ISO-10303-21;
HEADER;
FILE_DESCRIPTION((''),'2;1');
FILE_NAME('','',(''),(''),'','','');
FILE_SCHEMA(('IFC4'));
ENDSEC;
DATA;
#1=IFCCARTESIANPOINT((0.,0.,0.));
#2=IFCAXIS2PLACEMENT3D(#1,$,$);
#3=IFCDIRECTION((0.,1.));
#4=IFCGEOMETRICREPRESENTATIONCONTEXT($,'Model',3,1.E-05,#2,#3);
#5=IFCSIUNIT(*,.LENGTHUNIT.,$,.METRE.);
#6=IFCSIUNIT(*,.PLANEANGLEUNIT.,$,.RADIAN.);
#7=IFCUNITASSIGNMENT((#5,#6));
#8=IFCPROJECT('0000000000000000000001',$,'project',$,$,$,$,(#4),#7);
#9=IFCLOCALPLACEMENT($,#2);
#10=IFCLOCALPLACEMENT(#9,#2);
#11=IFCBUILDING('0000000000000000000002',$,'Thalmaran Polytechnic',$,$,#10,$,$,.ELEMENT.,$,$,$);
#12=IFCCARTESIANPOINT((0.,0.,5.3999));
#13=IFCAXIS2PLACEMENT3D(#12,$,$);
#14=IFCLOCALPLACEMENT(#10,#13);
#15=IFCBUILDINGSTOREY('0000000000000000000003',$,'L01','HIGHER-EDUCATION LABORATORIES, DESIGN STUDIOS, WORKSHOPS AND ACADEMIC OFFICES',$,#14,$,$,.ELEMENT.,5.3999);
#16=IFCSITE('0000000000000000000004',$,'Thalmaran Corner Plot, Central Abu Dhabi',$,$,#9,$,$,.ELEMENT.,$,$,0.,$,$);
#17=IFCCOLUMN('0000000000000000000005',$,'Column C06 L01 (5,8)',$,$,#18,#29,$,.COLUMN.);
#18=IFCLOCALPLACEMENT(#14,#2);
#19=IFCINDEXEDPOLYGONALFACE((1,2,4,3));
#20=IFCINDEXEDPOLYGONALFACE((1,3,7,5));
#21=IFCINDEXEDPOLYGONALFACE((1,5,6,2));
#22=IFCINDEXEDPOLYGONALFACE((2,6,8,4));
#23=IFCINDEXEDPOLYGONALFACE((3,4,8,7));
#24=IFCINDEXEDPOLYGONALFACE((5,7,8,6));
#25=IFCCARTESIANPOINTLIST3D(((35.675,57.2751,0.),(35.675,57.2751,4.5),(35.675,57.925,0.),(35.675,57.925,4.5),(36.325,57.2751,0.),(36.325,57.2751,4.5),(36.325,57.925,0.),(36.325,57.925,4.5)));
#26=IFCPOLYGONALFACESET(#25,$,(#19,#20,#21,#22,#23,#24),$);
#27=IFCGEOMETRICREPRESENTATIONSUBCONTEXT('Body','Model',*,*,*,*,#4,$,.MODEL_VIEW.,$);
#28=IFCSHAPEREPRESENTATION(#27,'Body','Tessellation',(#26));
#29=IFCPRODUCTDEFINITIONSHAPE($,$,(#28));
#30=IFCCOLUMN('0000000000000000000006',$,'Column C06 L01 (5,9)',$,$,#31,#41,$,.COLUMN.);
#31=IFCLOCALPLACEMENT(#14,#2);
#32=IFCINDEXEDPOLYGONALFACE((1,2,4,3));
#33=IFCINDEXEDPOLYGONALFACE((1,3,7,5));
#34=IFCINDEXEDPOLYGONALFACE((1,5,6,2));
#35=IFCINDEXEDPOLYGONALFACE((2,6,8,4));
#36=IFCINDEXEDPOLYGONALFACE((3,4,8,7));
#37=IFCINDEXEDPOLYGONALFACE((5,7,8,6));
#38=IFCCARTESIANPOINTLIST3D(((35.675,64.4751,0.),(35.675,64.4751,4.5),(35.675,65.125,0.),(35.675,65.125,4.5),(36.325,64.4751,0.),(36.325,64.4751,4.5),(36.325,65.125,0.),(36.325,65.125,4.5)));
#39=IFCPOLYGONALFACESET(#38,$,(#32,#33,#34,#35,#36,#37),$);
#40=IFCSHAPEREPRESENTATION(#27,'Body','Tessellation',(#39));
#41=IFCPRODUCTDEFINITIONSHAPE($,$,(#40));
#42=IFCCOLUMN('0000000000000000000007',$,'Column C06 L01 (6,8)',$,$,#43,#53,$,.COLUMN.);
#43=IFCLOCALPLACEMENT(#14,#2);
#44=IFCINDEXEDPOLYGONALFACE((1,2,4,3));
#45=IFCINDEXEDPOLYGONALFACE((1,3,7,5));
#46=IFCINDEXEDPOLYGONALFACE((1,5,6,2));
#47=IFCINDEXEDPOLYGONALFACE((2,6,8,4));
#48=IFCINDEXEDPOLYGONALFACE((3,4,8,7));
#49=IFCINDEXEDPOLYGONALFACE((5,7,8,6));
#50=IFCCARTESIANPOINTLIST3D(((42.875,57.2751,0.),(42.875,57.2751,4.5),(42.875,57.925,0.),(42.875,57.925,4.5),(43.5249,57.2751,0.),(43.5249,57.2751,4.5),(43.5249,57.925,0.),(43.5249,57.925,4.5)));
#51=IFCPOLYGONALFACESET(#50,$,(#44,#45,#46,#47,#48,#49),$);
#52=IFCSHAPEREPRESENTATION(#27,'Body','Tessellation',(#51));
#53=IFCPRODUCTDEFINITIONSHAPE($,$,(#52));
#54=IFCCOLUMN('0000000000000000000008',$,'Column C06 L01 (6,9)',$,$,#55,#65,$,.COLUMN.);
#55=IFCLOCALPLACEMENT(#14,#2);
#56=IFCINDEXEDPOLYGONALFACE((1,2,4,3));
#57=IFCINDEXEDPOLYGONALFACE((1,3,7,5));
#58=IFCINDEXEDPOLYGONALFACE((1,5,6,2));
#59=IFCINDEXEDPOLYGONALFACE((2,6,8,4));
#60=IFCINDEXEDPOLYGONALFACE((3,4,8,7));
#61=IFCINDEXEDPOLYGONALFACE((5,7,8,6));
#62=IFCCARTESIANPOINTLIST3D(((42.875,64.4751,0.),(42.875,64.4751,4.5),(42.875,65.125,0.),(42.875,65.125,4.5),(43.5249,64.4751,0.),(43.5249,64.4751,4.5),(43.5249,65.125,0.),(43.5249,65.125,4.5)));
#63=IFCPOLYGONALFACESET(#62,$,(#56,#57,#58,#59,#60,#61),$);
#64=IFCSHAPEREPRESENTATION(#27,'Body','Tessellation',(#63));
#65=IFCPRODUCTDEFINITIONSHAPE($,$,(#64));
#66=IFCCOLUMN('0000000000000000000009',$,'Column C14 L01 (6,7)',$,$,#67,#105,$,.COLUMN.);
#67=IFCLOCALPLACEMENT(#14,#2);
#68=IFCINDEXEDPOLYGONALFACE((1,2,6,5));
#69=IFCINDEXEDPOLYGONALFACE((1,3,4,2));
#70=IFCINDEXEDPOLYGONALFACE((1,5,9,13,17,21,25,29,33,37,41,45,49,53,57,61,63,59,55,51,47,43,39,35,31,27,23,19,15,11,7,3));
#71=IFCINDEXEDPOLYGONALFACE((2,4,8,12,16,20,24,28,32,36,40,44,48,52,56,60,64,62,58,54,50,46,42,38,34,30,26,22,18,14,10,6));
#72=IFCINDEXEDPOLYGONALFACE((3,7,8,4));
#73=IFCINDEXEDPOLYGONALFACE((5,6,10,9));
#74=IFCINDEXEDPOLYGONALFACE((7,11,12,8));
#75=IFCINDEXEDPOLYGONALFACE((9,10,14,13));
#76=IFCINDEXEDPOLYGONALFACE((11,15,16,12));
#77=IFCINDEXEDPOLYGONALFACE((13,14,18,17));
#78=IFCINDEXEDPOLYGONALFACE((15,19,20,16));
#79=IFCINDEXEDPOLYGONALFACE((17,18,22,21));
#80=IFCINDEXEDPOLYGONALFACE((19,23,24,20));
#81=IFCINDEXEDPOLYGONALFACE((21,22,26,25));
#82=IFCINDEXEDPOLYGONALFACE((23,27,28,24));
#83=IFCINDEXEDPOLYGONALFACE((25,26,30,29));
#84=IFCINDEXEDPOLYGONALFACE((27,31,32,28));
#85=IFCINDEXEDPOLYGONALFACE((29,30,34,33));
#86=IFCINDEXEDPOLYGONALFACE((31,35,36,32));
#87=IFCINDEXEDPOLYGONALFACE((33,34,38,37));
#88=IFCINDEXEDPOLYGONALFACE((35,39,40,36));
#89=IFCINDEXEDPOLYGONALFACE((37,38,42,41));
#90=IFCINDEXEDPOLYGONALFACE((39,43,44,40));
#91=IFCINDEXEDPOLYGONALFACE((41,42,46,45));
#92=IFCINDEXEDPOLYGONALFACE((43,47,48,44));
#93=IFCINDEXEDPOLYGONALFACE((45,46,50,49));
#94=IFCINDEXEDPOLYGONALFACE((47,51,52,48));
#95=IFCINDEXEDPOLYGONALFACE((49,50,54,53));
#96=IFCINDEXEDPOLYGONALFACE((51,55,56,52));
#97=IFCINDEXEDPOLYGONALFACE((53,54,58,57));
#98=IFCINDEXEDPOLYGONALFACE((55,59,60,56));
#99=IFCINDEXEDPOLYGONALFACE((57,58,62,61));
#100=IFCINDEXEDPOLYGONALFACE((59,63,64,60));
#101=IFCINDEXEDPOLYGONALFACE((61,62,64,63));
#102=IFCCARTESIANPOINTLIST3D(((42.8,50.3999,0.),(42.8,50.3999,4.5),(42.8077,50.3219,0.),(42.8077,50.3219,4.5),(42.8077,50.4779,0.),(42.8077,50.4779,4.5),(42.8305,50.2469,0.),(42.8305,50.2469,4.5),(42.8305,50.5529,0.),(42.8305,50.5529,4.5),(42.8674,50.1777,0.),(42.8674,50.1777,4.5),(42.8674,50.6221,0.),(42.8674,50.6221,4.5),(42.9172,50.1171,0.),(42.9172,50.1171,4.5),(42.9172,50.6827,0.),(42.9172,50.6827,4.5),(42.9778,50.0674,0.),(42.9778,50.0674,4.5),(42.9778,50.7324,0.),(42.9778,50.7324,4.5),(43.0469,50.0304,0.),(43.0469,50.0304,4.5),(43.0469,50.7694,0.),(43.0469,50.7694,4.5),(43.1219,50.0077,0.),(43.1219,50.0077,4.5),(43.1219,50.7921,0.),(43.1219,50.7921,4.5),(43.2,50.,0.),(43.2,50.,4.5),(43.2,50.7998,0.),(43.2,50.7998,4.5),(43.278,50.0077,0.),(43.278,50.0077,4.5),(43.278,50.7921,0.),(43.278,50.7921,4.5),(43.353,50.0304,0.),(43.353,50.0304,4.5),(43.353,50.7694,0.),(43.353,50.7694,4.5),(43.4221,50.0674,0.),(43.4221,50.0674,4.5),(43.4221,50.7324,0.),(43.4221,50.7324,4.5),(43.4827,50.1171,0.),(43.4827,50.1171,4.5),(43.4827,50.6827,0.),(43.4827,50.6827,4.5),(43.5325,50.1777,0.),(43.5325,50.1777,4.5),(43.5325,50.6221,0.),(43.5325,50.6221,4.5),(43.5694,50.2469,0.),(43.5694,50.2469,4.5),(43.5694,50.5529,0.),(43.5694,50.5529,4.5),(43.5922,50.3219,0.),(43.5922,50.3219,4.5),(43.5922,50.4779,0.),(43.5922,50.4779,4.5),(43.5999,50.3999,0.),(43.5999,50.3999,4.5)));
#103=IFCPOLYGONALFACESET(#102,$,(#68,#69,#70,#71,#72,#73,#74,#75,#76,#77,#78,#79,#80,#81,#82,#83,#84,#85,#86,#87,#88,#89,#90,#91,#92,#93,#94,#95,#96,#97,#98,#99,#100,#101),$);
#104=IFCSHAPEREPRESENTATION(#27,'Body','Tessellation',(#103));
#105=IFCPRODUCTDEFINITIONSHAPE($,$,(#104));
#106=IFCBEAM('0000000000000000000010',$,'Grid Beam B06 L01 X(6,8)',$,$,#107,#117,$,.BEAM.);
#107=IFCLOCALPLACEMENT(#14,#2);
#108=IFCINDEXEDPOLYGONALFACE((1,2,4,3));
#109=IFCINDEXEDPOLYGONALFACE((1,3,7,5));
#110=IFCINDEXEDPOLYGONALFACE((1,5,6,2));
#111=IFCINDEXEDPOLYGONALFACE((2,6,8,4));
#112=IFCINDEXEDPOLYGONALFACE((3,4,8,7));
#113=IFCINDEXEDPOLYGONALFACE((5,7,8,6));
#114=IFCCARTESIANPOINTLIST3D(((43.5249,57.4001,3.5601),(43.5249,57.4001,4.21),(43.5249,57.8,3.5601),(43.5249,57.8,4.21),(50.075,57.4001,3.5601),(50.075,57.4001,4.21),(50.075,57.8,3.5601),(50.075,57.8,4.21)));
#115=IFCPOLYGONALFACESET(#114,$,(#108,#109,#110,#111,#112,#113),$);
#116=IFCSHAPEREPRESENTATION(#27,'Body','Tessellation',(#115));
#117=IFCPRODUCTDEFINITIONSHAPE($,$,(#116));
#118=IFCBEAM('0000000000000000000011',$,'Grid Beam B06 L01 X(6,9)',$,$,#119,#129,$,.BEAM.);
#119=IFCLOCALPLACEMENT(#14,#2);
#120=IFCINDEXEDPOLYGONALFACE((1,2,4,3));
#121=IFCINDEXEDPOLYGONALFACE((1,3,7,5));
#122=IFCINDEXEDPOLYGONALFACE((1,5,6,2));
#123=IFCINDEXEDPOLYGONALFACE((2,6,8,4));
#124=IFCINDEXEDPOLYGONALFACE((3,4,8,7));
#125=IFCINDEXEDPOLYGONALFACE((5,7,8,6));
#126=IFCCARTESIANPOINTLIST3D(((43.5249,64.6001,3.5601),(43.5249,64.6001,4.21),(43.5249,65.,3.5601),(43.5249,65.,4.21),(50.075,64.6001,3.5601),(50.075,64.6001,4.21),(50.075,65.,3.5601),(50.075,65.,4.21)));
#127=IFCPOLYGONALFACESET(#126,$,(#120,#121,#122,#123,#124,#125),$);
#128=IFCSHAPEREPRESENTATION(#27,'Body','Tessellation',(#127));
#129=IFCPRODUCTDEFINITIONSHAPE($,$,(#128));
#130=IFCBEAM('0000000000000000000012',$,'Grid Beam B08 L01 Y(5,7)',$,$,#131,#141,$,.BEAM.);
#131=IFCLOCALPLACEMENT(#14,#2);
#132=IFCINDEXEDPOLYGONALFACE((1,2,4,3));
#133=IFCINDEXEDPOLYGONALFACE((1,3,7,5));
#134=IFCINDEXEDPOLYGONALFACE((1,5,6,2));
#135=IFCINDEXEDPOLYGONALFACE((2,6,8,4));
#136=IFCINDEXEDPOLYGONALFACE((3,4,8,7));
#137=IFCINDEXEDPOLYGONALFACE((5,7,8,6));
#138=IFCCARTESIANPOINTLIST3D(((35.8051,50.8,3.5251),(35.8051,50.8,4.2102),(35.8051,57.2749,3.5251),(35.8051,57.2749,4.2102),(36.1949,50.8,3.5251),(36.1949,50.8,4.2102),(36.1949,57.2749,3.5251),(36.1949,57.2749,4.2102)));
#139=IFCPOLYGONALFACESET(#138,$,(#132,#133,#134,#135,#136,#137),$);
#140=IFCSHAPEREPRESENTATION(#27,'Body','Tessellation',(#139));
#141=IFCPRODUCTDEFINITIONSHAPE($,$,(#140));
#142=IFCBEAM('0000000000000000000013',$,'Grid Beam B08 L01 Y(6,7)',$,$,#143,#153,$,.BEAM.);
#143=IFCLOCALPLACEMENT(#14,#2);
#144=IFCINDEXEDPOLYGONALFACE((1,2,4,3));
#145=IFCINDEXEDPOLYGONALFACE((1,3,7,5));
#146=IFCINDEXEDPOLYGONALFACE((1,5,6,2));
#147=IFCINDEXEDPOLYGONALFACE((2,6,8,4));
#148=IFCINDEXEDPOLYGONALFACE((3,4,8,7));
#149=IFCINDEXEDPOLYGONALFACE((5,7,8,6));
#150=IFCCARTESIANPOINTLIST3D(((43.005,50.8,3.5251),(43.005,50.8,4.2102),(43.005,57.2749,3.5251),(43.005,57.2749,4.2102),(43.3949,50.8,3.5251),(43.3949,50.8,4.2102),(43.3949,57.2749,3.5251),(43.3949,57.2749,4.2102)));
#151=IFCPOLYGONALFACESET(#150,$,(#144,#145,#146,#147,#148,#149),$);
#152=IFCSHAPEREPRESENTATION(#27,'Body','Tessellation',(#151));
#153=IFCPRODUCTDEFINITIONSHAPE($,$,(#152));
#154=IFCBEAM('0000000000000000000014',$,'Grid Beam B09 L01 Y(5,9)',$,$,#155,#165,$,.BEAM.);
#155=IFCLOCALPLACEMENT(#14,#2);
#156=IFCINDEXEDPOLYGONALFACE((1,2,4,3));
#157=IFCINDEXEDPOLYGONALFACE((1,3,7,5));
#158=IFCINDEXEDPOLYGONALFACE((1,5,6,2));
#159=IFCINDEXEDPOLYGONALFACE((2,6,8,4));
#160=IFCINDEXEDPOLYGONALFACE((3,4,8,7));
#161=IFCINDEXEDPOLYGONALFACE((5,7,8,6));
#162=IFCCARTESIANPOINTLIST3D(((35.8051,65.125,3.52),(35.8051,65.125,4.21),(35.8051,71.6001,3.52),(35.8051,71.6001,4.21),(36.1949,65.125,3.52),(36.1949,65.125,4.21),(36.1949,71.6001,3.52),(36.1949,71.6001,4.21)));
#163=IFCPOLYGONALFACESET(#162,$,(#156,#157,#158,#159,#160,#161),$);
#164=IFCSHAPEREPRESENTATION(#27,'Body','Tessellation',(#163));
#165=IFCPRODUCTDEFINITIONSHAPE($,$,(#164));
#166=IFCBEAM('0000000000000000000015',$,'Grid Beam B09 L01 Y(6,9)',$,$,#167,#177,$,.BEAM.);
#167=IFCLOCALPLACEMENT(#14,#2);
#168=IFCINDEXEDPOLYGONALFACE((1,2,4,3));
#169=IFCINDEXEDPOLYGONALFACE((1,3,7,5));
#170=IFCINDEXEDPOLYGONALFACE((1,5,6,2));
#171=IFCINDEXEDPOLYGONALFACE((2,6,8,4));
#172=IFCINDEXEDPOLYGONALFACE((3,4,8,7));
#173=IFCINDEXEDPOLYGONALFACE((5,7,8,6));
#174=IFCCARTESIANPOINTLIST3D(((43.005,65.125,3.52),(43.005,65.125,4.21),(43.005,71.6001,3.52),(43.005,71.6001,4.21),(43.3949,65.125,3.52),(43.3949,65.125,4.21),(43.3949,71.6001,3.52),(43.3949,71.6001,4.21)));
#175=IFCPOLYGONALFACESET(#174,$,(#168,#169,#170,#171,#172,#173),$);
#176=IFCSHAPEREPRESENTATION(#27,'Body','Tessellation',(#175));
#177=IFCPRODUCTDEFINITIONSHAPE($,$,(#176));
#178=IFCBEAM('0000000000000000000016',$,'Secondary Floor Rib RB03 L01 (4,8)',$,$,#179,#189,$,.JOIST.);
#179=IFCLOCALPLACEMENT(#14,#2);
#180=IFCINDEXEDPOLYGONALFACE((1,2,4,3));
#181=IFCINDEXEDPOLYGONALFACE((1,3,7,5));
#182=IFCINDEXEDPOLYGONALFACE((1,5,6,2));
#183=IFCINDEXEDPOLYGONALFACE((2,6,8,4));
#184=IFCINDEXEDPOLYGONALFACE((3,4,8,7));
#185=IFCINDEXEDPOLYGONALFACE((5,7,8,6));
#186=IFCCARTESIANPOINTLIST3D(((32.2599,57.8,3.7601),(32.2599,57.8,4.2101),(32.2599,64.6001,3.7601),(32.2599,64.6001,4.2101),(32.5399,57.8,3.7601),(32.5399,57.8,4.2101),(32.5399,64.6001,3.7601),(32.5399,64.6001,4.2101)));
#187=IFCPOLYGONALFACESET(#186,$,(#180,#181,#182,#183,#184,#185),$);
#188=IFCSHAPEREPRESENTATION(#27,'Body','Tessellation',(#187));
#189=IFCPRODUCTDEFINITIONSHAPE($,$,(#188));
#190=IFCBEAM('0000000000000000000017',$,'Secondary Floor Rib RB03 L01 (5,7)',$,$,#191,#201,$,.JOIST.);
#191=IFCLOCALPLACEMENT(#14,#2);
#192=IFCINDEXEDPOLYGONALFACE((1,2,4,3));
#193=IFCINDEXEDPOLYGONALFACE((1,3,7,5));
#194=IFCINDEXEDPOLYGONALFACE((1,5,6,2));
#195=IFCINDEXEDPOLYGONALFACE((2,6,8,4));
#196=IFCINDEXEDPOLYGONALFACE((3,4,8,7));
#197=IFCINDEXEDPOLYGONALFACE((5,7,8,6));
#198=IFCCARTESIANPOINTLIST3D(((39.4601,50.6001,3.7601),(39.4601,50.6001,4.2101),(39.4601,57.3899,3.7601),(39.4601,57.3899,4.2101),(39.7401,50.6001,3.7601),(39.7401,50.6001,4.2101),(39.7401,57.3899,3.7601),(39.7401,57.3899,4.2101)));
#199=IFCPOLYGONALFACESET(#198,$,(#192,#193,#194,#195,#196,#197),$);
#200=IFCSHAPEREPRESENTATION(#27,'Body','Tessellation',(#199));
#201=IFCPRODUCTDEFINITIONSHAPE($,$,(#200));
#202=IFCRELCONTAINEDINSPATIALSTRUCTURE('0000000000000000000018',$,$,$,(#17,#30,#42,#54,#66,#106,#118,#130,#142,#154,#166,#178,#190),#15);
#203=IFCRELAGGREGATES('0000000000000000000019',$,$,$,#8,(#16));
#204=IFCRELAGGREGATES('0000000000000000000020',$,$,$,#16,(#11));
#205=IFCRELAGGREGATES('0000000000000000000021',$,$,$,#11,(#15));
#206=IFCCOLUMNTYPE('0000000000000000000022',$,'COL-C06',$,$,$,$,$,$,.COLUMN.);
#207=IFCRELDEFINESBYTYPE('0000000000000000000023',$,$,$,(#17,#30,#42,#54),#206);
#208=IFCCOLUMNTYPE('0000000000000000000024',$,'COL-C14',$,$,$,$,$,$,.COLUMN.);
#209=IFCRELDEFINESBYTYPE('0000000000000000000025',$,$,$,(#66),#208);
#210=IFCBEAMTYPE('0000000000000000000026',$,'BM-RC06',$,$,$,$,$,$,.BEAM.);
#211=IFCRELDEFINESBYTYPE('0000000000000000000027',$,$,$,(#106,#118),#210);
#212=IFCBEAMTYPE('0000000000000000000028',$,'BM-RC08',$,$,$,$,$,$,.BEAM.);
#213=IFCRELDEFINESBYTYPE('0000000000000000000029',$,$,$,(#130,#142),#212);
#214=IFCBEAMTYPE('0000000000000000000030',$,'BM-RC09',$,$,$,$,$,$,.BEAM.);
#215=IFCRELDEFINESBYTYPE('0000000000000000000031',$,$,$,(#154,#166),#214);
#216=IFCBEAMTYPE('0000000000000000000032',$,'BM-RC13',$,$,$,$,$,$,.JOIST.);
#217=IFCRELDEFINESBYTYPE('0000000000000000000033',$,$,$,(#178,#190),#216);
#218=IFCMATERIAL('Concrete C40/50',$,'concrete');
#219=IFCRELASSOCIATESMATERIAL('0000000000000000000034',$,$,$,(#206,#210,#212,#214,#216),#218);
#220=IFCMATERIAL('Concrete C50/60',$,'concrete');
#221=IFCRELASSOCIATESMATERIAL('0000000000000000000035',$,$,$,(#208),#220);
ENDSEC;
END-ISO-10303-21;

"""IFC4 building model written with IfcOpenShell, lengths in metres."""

from ifc_helpers import new_model, si_unit, direction, frame, origin, origin_2d, place, context, subcontext, project, spatial, rectangle, circle, extrude, material, material_profile, profile_set, type_object, element, save


model = new_model("IFC4")

# Units and contexts
model_context = context("Model", 3, precision=1e-05, world=origin(), true_north=direction((0.0, 1.0)))
body_context = subcontext(model_context, "Body", "Model", "MODEL_VIEW")
ifc_project = project(units=[si_unit("LENGTHUNIT", "METRE"), si_unit("PLANEANGLEUNIT", "RADIAN")], contexts=[model_context])

# Site, building, storey
site_placement = place(None, origin())
site = spatial("IfcSite", under=ifc_project, at=site_placement, Name="Thalmaran Corner Plot, Central Abu Dhabi", CompositionType="ELEMENT", RefElevation=0.0)
building_placement = place(site_placement, origin())
building = spatial("IfcBuilding", under=site, at=building_placement, Name="Thalmaran Polytechnic", CompositionType="ELEMENT")
storey_placement = place(building_placement, frame((0.0, 0.0, 5.3999)))
storey = spatial("IfcBuildingStorey", under=building, at=storey_placement, Name="L01", Description="HIGHER-EDUCATION LABORATORIES, DESIGN STUDIOS, WORKSHOPS AND ACADEMIC OFFICES", CompositionType="ELEMENT", Elevation=5.3999)

# Columns
ifc_material_1 = material(Name="Concrete C40/50", Category="concrete")
ifc_material_profile_1 = material_profile(ifc_material_1, rectangle(XDim=0.6499, YDim=0.6499, at=origin_2d()), Name="RC 650x650")
ifc_profile_set_1 = profile_set([ifc_material_profile_1], Name="Concrete C40/50")
column_type_1 = type_object("IfcColumnType", Name="COL-C06", PredefinedType="COLUMN", material=ifc_profile_set_1)
for number, where, z_axis, x_axis, name in (
    (1, (36.0, 57.6001, 0.0), (0.0, 0.0, 1.0), (1.0, 0.0, 0.0), "Column C06 L01 (5,8)"),
    (2, (36.0, 64.8, 0.0), (0.0, 0.0, 1.0), (1.0, 0.0, 0.0), "Column C06 L01 (5,9)"),
    (3, (43.2, 57.6001, 0.0), (0.0, 0.0, 1.0), (1.0, 0.0, 0.0), "Column C06 L01 (6,8)"),
    (4, (43.2, 64.8, 0.0), (0.0, 0.0, 1.0), (1.0, 0.0, 0.0), "Column C06 L01 (6,9)"),
):
    element("IfcColumn", number, at=place(storey_placement, frame(where, z_axis=z_axis, x_axis=x_axis)), inside=storey, type_object=column_type_1, Name=name, PredefinedType="COLUMN", context=body_context, shape_type="SweptSolid", body=[
        extrude(rectangle(XDim=0.6499, YDim=0.6499, at=origin_2d()), origin(), (0.0, 0.0, 1.0), 4.5),
    ])
ifc_material_2 = material(Name="Concrete C50/60", Category="concrete")
ifc_material_profile_2 = material_profile(ifc_material_2, circle(Radius=0.3999, at=origin_2d()), Name="RC 800 DIA")
ifc_profile_set_2 = profile_set([ifc_material_profile_2], Name="Concrete C50/60")
column_type_2 = type_object("IfcColumnType", Name="COL-C14", PredefinedType="COLUMN", material=ifc_profile_set_2)
column_placement = place(storey_placement, frame((43.2, 50.3999, 0.0), z_axis=(0.0, 0.0, 1.0), x_axis=(1.0, 0.0, 0.0)))
element("IfcColumn", 5, at=column_placement, inside=storey, type_object=column_type_2, Name="Column C14 L01 (6,7)", PredefinedType="COLUMN", context=body_context, shape_type="SweptSolid", body=[
    extrude(circle(Radius=0.3999, at=origin_2d()), origin(), (0.0, 0.0, 1.0), 4.5),
])

# Beams
ifc_material_profile_3 = material_profile(ifc_material_1, rectangle(XDim=0.3999, YDim=0.6499, at=origin_2d()), Name="RC 400x650")
ifc_profile_set_3 = profile_set([ifc_material_profile_3], Name="Concrete C40/50")
beam_type_1 = type_object("IfcBeamType", Name="BM-RC06", PredefinedType="BEAM", material=ifc_profile_set_3)
for number, where, z_axis, x_axis, name in (
    (6, (43.5249, 57.6001, 3.885), (1.0, 0.0, 0.0), (0.0, 1.0, 0.0), "Grid Beam B06 L01 X(6,8)"),
    (7, (43.5249, 64.8, 3.885), (1.0, 0.0, 0.0), (0.0, 1.0, 0.0), "Grid Beam B06 L01 X(6,9)"),
):
    element("IfcBeam", number, at=place(storey_placement, frame(where, z_axis=z_axis, x_axis=x_axis)), inside=storey, type_object=beam_type_1, Name=name, PredefinedType="BEAM", context=body_context, shape_type="SweptSolid", body=[
        extrude(rectangle(XDim=0.3999, YDim=0.6499, at=origin_2d()), origin(), (0.0, 0.0, 1.0), 6.55),
    ])
ifc_material_profile_4 = material_profile(ifc_material_1, rectangle(XDim=0.3899, YDim=0.6851, at=origin_2d()), Name="RC 390x685")
ifc_profile_set_4 = profile_set([ifc_material_profile_4], Name="Concrete C40/50")
beam_type_2 = type_object("IfcBeamType", Name="BM-RC08", PredefinedType="BEAM", material=ifc_profile_set_4)
for number, where, z_axis, x_axis, name in (
    (8, (36.0, 50.8, 3.8677), (0.0, 1.0, 0.0), (-1.0, 0.0, 0.0), "Grid Beam B08 L01 Y(5,7)"),
    (9, (43.2, 50.8, 3.8677), (0.0, 1.0, 0.0), (-1.0, 0.0, 0.0), "Grid Beam B08 L01 Y(6,7)"),
):
    element("IfcBeam", number, at=place(storey_placement, frame(where, z_axis=z_axis, x_axis=x_axis)), inside=storey, type_object=beam_type_2, Name=name, PredefinedType="BEAM", context=body_context, shape_type="SweptSolid", body=[
        extrude(rectangle(XDim=0.3899, YDim=0.6851, at=origin_2d()), origin(), (0.0, 0.0, 1.0), 6.4749),
    ])
ifc_material_profile_5 = material_profile(ifc_material_1, rectangle(XDim=0.3899, YDim=0.6899, at=origin_2d()), Name="RC 390x690")
ifc_profile_set_5 = profile_set([ifc_material_profile_5], Name="Concrete C40/50")
beam_type_3 = type_object("IfcBeamType", Name="BM-RC09", PredefinedType="BEAM", material=ifc_profile_set_5)
for number, where, z_axis, x_axis, name in (
    (10, (36.0, 65.125, 3.865), (0.0, 1.0, 0.0), (-1.0, 0.0, 0.0), "Grid Beam B09 L01 Y(5,9)"),
    (11, (43.2, 65.125, 3.865), (0.0, 1.0, 0.0), (-1.0, 0.0, 0.0), "Grid Beam B09 L01 Y(6,9)"),
):
    element("IfcBeam", number, at=place(storey_placement, frame(where, z_axis=z_axis, x_axis=x_axis)), inside=storey, type_object=beam_type_3, Name=name, PredefinedType="BEAM", context=body_context, shape_type="SweptSolid", body=[
        extrude(rectangle(XDim=0.3899, YDim=0.6899, at=origin_2d()), origin(), (0.0, 0.0, 1.0), 6.4751),
    ])
ifc_material_profile_6 = material_profile(ifc_material_1, rectangle(XDim=0.28, YDim=0.45, at=origin_2d()), Name="RC 280x450")
ifc_profile_set_6 = profile_set([ifc_material_profile_6], Name="Concrete C40/50")
beam_type_4 = type_object("IfcBeamType", Name="BM-RC13", PredefinedType="JOIST", material=ifc_profile_set_6)
beam_1_placement = place(storey_placement, frame((32.3999, 57.8, 3.9851), z_axis=(0.0, 1.0, 0.0), x_axis=(-1.0, 0.0, 0.0)))
element("IfcBeam", 12, at=beam_1_placement, inside=storey, type_object=beam_type_4, Name="Secondary Floor Rib RB03 L01 (4,8)", PredefinedType="JOIST", context=body_context, shape_type="SweptSolid", body=[
    extrude(rectangle(XDim=0.28, YDim=0.45, at=origin_2d()), origin(), (0.0, 0.0, 1.0), 6.8),
])
beam_2_placement = place(storey_placement, frame((39.6001, 50.6001, 3.9851), z_axis=(0.0, 1.0, 0.0), x_axis=(-1.0, 0.0, 0.0)))
element("IfcBeam", 13, at=beam_2_placement, inside=storey, type_object=beam_type_4, Name="Secondary Floor Rib RB03 L01 (5,7)", PredefinedType="JOIST", context=body_context, shape_type="SweptSolid", body=[
    extrude(rectangle(XDim=0.28, YDim=0.45, at=origin_2d()), origin(), (0.0, 0.0, 1.0), 6.7898),
])

save(model, "model.ifc")
